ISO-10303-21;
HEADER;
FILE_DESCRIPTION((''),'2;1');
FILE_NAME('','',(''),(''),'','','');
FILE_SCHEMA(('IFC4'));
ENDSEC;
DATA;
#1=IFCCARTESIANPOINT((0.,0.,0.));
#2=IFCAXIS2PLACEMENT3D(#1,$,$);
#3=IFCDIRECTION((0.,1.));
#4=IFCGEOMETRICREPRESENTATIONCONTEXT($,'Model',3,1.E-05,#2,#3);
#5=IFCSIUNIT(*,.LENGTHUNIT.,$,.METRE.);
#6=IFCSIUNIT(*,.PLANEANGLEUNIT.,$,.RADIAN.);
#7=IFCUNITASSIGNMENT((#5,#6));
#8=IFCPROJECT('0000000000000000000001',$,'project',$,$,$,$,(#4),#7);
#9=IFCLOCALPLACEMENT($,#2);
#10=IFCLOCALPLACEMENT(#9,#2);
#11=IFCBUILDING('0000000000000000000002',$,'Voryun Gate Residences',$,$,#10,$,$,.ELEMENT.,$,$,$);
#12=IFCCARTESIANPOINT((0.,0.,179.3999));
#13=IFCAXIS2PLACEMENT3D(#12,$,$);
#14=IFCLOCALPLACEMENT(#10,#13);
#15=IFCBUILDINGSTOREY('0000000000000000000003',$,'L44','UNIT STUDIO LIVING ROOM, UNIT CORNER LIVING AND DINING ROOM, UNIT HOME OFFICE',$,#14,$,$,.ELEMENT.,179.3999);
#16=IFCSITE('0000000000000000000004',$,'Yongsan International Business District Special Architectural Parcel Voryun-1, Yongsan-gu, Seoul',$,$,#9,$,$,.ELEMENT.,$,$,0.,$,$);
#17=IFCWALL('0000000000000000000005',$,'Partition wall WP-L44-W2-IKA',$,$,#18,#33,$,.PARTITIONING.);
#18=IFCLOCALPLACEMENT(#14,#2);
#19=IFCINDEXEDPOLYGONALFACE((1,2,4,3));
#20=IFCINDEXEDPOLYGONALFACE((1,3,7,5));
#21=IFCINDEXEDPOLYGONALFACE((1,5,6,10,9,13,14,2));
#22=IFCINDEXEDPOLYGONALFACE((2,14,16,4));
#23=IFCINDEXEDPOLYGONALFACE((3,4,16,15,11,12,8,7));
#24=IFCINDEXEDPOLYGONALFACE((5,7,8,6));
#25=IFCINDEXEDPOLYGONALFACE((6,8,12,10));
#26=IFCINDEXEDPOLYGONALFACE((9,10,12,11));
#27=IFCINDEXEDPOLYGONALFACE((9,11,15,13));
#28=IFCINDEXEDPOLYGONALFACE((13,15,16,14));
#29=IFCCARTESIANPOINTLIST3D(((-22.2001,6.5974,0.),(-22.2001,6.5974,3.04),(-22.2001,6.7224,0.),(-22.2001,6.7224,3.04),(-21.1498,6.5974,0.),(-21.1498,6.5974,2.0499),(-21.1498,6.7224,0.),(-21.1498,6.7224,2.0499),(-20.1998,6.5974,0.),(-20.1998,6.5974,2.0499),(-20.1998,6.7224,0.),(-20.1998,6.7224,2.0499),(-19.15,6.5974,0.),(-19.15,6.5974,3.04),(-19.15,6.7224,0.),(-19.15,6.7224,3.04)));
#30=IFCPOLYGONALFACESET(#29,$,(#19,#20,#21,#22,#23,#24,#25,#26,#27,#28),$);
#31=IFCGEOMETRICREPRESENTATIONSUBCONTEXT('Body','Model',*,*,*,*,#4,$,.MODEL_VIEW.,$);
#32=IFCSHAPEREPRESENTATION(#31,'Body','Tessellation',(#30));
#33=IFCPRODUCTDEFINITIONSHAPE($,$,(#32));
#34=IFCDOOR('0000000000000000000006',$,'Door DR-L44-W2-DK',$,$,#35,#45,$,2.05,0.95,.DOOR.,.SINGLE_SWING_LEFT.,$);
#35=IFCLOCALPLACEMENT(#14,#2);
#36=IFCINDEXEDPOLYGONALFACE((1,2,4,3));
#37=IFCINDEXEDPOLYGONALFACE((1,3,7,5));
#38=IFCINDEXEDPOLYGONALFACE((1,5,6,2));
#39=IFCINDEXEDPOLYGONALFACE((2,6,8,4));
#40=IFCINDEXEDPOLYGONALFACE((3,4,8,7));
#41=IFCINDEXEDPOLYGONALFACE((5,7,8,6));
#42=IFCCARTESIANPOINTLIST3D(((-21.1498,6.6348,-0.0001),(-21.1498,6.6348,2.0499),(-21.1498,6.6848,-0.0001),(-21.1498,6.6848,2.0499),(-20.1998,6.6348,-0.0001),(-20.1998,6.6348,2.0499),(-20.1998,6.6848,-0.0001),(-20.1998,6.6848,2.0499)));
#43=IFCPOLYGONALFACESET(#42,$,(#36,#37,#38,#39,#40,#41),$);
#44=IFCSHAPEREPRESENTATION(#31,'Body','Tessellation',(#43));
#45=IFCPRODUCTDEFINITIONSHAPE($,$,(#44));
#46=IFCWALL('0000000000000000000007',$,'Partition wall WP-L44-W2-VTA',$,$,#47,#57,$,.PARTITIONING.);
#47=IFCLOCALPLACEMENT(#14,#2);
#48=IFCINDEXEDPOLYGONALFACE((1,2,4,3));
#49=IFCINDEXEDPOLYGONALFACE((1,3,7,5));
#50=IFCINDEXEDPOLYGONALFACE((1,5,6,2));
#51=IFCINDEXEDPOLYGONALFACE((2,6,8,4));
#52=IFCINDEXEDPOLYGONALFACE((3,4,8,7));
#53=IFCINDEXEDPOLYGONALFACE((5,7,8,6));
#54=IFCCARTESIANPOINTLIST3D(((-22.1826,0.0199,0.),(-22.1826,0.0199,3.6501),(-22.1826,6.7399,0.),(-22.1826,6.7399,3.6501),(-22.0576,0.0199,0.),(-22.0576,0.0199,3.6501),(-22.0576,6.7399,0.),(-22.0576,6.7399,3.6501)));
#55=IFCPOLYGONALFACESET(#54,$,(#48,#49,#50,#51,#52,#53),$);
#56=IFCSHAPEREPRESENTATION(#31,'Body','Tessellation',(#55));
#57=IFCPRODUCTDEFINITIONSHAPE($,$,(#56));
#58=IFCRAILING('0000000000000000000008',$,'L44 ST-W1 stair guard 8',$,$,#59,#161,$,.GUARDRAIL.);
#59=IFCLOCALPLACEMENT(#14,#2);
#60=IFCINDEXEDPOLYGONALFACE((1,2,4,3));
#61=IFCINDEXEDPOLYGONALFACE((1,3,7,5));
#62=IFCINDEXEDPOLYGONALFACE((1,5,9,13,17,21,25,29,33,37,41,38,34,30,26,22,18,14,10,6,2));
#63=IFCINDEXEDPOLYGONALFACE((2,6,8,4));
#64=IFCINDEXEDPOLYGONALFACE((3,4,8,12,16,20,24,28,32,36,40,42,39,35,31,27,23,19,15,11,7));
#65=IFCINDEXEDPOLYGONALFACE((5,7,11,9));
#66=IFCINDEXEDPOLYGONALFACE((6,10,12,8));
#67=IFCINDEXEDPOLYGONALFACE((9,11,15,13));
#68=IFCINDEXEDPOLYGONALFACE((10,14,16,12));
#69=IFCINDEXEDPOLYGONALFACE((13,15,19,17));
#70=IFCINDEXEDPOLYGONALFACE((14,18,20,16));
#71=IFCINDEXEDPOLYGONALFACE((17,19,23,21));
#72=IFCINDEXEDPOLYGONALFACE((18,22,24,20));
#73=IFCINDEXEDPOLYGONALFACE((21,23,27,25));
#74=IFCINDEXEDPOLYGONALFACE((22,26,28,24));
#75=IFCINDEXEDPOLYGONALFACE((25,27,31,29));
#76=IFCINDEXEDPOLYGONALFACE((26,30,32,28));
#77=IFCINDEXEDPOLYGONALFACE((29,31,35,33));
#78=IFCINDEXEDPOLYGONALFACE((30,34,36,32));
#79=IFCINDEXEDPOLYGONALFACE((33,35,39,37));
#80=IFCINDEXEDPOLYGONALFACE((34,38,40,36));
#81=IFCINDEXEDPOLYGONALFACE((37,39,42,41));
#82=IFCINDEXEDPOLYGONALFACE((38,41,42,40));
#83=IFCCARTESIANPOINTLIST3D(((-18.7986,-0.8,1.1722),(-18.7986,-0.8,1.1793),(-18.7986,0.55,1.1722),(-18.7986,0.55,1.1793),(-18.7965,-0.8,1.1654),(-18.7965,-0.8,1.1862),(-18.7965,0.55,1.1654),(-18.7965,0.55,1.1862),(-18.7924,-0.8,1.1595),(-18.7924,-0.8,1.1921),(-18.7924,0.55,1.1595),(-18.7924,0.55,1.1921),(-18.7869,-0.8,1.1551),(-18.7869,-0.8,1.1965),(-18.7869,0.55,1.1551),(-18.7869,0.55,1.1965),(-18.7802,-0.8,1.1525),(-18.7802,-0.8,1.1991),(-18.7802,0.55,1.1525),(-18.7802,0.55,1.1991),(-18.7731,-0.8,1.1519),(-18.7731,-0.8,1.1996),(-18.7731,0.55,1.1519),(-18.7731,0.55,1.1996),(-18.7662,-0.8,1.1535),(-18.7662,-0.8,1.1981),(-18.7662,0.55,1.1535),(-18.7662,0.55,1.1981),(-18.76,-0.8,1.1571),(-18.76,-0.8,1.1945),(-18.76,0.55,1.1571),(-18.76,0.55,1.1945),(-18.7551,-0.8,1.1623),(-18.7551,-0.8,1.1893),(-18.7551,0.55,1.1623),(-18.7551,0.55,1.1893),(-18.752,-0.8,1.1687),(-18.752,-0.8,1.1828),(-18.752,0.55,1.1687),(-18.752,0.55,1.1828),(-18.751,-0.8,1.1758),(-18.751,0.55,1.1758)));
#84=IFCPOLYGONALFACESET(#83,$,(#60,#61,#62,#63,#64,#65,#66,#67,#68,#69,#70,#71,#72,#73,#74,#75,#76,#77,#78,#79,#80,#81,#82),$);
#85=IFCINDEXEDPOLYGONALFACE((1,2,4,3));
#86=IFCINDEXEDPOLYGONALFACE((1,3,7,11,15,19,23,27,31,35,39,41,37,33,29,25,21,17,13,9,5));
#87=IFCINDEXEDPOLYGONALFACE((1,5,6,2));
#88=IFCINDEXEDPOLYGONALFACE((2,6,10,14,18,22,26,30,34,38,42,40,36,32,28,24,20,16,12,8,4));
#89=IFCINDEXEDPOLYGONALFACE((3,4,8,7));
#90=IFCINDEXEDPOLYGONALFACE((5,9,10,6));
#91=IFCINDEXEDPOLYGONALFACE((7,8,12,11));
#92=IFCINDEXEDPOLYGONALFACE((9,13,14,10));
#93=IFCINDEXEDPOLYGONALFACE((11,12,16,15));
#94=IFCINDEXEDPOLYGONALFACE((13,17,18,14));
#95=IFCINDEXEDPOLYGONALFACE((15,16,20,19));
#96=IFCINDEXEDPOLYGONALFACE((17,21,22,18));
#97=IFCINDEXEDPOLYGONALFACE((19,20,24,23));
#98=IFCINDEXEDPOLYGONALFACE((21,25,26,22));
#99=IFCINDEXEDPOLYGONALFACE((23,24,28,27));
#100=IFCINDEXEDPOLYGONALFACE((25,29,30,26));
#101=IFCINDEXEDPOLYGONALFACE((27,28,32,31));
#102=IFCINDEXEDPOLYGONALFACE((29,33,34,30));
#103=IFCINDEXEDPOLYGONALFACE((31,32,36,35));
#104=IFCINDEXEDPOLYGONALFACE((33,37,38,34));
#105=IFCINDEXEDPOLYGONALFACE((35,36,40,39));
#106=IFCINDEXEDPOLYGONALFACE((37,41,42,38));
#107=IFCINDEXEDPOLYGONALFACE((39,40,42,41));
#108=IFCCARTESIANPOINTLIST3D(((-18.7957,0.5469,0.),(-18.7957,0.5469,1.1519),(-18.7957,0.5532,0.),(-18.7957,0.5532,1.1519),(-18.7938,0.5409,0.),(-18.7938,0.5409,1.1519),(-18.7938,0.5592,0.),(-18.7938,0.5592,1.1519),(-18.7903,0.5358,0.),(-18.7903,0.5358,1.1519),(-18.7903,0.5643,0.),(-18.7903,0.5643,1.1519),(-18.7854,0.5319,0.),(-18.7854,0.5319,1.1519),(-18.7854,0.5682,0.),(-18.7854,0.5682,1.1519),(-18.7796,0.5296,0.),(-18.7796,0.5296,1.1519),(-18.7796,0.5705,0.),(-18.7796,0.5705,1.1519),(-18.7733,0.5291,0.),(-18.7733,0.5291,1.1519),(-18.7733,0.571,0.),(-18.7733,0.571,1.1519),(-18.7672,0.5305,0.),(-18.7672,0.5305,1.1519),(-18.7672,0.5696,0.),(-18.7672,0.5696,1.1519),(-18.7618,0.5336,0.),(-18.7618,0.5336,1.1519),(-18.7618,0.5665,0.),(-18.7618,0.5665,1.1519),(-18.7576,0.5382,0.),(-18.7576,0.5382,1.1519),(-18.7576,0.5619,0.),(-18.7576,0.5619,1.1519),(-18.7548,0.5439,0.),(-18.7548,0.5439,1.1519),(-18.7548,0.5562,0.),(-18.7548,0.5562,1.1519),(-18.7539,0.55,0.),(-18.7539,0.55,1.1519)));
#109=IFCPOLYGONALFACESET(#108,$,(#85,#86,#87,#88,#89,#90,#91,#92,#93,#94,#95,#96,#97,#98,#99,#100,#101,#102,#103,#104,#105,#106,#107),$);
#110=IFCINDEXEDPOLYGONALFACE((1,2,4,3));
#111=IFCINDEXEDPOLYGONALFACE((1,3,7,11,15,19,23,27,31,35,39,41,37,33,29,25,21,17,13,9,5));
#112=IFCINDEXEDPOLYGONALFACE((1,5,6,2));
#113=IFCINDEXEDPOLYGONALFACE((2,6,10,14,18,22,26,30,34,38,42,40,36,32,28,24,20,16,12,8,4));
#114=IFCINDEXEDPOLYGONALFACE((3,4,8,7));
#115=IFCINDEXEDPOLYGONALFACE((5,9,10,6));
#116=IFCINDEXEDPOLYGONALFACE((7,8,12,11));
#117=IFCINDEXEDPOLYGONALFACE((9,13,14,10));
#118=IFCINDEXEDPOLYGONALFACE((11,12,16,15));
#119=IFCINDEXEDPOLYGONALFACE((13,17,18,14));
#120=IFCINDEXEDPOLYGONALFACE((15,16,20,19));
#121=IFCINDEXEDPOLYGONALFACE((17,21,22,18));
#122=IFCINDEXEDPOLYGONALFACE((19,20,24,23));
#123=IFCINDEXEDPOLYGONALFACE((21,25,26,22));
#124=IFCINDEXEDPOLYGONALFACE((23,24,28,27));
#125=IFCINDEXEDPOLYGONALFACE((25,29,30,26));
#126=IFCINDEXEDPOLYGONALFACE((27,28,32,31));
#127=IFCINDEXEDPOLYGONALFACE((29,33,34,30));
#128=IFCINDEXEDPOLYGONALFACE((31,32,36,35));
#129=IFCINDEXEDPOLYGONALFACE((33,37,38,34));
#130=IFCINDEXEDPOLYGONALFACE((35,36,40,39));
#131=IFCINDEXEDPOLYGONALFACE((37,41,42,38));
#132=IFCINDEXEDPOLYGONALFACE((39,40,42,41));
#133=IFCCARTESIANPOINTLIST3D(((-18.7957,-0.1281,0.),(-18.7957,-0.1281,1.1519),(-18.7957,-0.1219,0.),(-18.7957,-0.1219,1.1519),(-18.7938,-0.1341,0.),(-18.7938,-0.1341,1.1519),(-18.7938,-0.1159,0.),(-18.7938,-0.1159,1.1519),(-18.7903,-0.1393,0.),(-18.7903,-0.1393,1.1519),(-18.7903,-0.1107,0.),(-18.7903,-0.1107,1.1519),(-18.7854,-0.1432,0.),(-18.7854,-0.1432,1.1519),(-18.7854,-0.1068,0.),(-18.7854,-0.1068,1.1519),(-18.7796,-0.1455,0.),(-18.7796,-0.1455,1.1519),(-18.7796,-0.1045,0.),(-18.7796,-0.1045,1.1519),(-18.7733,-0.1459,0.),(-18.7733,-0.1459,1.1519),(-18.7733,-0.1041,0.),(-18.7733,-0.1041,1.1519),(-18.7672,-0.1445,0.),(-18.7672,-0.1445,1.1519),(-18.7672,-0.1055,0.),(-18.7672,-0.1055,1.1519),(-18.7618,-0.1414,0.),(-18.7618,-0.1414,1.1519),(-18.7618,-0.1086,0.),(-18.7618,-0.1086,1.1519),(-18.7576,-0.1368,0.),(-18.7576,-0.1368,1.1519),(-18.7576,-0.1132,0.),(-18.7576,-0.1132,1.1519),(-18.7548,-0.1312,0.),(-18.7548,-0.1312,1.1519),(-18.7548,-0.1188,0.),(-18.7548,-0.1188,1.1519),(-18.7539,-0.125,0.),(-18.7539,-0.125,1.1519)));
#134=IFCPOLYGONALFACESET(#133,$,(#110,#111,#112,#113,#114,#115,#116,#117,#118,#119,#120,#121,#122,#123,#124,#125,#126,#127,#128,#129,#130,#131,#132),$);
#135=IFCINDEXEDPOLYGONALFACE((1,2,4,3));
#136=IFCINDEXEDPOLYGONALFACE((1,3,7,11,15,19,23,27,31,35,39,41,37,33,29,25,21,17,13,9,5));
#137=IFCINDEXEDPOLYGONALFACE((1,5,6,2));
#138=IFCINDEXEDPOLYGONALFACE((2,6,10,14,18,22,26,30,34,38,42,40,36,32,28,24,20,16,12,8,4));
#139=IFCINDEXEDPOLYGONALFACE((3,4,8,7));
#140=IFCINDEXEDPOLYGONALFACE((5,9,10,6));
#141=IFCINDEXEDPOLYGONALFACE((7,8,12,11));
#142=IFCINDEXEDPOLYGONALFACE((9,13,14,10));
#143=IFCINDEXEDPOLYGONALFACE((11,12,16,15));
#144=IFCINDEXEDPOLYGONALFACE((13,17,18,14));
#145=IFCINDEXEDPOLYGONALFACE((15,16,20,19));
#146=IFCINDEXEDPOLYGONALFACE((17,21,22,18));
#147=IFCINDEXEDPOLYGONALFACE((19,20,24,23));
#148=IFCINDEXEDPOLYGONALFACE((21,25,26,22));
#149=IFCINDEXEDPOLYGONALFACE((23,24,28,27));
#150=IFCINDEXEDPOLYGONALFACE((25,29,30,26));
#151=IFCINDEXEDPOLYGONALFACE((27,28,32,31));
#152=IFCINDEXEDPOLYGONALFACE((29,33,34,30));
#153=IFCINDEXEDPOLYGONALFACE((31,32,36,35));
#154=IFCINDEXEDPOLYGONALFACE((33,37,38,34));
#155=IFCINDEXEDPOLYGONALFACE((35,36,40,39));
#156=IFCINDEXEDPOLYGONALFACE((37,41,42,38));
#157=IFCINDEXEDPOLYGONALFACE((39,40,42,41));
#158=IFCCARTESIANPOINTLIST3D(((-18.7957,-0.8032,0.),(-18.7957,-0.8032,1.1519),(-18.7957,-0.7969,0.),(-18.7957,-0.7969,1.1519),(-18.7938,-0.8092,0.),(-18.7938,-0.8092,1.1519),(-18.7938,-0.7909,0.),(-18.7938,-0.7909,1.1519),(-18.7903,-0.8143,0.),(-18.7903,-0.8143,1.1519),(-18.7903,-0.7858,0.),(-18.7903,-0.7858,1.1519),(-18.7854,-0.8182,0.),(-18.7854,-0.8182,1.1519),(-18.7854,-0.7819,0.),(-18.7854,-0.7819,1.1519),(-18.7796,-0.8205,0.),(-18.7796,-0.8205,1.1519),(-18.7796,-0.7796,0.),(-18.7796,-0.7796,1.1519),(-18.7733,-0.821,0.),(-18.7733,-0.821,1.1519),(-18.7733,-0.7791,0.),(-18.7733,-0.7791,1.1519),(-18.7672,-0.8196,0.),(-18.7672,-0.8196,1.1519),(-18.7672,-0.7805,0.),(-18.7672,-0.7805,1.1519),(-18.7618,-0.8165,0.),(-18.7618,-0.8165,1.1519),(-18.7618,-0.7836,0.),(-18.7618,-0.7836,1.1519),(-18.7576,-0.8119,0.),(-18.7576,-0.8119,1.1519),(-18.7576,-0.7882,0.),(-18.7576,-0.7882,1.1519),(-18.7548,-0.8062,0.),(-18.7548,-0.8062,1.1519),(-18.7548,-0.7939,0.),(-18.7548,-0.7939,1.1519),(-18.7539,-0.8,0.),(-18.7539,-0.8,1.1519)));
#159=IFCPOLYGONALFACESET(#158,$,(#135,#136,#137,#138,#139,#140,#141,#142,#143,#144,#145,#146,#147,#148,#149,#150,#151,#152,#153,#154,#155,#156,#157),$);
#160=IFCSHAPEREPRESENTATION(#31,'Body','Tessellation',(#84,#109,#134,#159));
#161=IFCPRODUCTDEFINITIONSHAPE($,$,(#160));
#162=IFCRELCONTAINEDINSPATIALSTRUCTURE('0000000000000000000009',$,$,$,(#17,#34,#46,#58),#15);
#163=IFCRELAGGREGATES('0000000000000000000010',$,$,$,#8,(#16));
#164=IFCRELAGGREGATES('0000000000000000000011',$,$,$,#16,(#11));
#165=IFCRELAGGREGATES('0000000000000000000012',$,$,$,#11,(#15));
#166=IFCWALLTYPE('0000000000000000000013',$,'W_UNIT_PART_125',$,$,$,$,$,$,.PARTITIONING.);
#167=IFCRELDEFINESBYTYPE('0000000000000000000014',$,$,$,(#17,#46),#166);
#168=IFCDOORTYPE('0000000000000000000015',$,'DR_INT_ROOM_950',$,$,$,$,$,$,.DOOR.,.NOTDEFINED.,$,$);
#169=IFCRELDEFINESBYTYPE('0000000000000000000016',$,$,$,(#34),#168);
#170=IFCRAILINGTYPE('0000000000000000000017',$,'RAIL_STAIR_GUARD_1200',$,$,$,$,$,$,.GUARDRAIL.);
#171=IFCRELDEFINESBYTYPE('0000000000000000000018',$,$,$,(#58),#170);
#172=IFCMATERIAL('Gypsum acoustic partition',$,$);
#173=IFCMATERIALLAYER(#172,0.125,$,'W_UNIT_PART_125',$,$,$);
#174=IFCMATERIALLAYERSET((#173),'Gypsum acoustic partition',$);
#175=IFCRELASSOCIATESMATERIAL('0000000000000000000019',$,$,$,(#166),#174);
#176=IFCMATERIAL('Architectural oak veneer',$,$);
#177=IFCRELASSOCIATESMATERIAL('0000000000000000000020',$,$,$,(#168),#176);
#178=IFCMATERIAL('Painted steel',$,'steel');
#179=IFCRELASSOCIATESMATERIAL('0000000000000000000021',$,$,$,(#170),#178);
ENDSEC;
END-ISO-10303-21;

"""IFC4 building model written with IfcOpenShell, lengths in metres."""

from ifc_helpers import new_model, si_unit, direction, frame, frame_2d, origin, origin_2d, place, context, subcontext, project, spatial, rectangle, circle, extrude, material, layer, layer_set, type_object, element, fill, save


model = new_model("IFC4")

# Units and contexts
model_context = context("Model", 3, precision=1e-05, world=origin(), true_north=direction((0.0, 1.0)))
body_context = subcontext(model_context, "Body", "Model", "MODEL_VIEW")
ifc_project = project(units=[si_unit("LENGTHUNIT", "METRE"), si_unit("PLANEANGLEUNIT", "RADIAN")], contexts=[model_context])

# Site, building, storey
site_placement = place(None, origin())
site = spatial("IfcSite", under=ifc_project, at=site_placement, Name="Yongsan International Business District Special Architectural Parcel Voryun-1, Yongsan-gu, Seoul", CompositionType="ELEMENT", RefElevation=0.0)
building_placement = place(site_placement, origin())
building = spatial("IfcBuilding", under=site, at=building_placement, Name="Voryun Gate Residences", CompositionType="ELEMENT")
storey_placement = place(building_placement, frame((0.0, 0.0, 179.3999)))
storey = spatial("IfcBuildingStorey", under=building, at=storey_placement, Name="L44", Description="UNIT STUDIO LIVING ROOM, UNIT CORNER LIVING AND DINING ROOM, UNIT HOME OFFICE", CompositionType="ELEMENT", Elevation=179.3999)

# Shared definitions
ifc_material_1 = material(Name="Gypsum acoustic partition")
ifc_layer_1 = layer(ifc_material_1, 0.125, Name="W_UNIT_PART_125")
ifc_layer_set_1 = layer_set([ifc_layer_1], Name="Gypsum acoustic partition")
wall_type_1 = type_object("IfcWallType", Name="W_UNIT_PART_125", PredefinedType="PARTITIONING", material=ifc_layer_set_1)

# Wall, opening, door
wall_1_placement = place(storey_placement, frame((-22.2, 6.6599, 0.0), z_axis=(0.0, 0.0, 1.0), x_axis=(1.0, 0.0, 0.0)))
wall_1 = element("IfcWall", 1, at=wall_1_placement, inside=storey, type_object=wall_type_1, Name="Partition wall WP-L44-W2-IKA", PredefinedType="PARTITIONING", context=body_context, shape_type="SweptSolid", body=[
    extrude(rectangle(XDim=3.05, YDim=0.125, at=frame_2d((1.5249, 0.0))), origin(), (0.0, 0.0, 1.0), 3.04),
])
opening_1_placement = place(wall_1_placement, frame((1.05, 0.0, 0.0)))
opening_1 = element("IfcOpeningElement", 2, at=opening_1_placement, cuts=wall_1, PredefinedType="OPENING", context=body_context, shape_type="SweptSolid", body=[
    extrude(rectangle(XDim=0.95, YDim=2.05, at=frame_2d((0.4751, 1.0249))), frame((0.0, 0.0725, 0.0), z_axis=(0.0, -1.0, 0.0), x_axis=(1.0, 0.0, 0.0)), (0.0, 0.0, 1.0), 0.145),
])
ifc_material_2 = material(Name="Architectural oak veneer")
door_type_1 = type_object("IfcDoorType", Name="DR_INT_ROOM_950", OperationType="NOTDEFINED", PredefinedType="DOOR", material=ifc_material_2)
door_1_placement = place(opening_1_placement, origin())
door_1 = element("IfcDoor", 3, at=door_1_placement, inside=storey, type_object=door_type_1, Name="Door DR-L44-W2-DK", OperationType="SINGLE_SWING_LEFT", OverallHeight=2.05, OverallWidth=0.95, PredefinedType="DOOR", context=body_context, shape_type="SweptSolid", body=[
    extrude(rectangle(XDim=0.95, YDim=2.05, at=frame_2d((0.4751, 1.0249))), frame((0.0, 0.0249, 0.0), z_axis=(0.0, -1.0, 0.0), x_axis=(1.0, 0.0, 0.0)), (0.0, 0.0, 1.0), 0.05),
])
fill(opening_1, door_1)

# Wall
wall_2_placement = place(storey_placement, frame((-22.1201, 0.02, 0.0), z_axis=(0.0, 0.0, 1.0), x_axis=(0.0, 1.0, 0.0)))
element("IfcWall", 4, at=wall_2_placement, inside=storey, type_object=wall_type_1, Name="Partition wall WP-L44-W2-VTA", PredefinedType="PARTITIONING", context=body_context, shape_type="SweptSolid", body=[
    extrude(rectangle(XDim=6.72, YDim=0.125, at=frame_2d((3.3599, 0.0))), origin(), (0.0, 0.0, 1.0), 3.6501),
])

# Railing
ifc_material_3 = material(Name="Painted steel", Category="steel")
railing_type = type_object("IfcRailingType", Name="RAIL_STAIR_GUARD_1200", PredefinedType="GUARDRAIL", material=ifc_material_3)
railing_1_placement = place(storey_placement, frame((-18.7749, 0.55, 0.0)))
element("IfcRailing", 5, at=railing_1_placement, inside=storey, type_object=railing_type, Name="L44 ST-W1 stair guard 8", PredefinedType="GUARDRAIL", context=body_context, shape_type="SweptSolid", body=[
    extrude(circle(Radius=0.0239, at=origin_2d()), frame((0.0, 0.0, 1.1758), z_axis=(0.0, -1.0, 0.0), x_axis=(1.0, 0.0, 0.0)), (0.0, 0.0, 1.0), 1.3501),
    extrude(circle(Radius=0.021, at=origin_2d()), origin(), (0.0, 0.0, 1.0), 1.1519),
    extrude(circle(Radius=0.021, at=origin_2d()), frame((0.0, -0.675, 0.0)), (0.0, 0.0, 1.0), 1.1519),
    extrude(circle(Radius=0.021, at=origin_2d()), frame((0.0, -1.3501, 0.0)), (0.0, 0.0, 1.0), 1.1519),
])

save(model, "model.ifc")
